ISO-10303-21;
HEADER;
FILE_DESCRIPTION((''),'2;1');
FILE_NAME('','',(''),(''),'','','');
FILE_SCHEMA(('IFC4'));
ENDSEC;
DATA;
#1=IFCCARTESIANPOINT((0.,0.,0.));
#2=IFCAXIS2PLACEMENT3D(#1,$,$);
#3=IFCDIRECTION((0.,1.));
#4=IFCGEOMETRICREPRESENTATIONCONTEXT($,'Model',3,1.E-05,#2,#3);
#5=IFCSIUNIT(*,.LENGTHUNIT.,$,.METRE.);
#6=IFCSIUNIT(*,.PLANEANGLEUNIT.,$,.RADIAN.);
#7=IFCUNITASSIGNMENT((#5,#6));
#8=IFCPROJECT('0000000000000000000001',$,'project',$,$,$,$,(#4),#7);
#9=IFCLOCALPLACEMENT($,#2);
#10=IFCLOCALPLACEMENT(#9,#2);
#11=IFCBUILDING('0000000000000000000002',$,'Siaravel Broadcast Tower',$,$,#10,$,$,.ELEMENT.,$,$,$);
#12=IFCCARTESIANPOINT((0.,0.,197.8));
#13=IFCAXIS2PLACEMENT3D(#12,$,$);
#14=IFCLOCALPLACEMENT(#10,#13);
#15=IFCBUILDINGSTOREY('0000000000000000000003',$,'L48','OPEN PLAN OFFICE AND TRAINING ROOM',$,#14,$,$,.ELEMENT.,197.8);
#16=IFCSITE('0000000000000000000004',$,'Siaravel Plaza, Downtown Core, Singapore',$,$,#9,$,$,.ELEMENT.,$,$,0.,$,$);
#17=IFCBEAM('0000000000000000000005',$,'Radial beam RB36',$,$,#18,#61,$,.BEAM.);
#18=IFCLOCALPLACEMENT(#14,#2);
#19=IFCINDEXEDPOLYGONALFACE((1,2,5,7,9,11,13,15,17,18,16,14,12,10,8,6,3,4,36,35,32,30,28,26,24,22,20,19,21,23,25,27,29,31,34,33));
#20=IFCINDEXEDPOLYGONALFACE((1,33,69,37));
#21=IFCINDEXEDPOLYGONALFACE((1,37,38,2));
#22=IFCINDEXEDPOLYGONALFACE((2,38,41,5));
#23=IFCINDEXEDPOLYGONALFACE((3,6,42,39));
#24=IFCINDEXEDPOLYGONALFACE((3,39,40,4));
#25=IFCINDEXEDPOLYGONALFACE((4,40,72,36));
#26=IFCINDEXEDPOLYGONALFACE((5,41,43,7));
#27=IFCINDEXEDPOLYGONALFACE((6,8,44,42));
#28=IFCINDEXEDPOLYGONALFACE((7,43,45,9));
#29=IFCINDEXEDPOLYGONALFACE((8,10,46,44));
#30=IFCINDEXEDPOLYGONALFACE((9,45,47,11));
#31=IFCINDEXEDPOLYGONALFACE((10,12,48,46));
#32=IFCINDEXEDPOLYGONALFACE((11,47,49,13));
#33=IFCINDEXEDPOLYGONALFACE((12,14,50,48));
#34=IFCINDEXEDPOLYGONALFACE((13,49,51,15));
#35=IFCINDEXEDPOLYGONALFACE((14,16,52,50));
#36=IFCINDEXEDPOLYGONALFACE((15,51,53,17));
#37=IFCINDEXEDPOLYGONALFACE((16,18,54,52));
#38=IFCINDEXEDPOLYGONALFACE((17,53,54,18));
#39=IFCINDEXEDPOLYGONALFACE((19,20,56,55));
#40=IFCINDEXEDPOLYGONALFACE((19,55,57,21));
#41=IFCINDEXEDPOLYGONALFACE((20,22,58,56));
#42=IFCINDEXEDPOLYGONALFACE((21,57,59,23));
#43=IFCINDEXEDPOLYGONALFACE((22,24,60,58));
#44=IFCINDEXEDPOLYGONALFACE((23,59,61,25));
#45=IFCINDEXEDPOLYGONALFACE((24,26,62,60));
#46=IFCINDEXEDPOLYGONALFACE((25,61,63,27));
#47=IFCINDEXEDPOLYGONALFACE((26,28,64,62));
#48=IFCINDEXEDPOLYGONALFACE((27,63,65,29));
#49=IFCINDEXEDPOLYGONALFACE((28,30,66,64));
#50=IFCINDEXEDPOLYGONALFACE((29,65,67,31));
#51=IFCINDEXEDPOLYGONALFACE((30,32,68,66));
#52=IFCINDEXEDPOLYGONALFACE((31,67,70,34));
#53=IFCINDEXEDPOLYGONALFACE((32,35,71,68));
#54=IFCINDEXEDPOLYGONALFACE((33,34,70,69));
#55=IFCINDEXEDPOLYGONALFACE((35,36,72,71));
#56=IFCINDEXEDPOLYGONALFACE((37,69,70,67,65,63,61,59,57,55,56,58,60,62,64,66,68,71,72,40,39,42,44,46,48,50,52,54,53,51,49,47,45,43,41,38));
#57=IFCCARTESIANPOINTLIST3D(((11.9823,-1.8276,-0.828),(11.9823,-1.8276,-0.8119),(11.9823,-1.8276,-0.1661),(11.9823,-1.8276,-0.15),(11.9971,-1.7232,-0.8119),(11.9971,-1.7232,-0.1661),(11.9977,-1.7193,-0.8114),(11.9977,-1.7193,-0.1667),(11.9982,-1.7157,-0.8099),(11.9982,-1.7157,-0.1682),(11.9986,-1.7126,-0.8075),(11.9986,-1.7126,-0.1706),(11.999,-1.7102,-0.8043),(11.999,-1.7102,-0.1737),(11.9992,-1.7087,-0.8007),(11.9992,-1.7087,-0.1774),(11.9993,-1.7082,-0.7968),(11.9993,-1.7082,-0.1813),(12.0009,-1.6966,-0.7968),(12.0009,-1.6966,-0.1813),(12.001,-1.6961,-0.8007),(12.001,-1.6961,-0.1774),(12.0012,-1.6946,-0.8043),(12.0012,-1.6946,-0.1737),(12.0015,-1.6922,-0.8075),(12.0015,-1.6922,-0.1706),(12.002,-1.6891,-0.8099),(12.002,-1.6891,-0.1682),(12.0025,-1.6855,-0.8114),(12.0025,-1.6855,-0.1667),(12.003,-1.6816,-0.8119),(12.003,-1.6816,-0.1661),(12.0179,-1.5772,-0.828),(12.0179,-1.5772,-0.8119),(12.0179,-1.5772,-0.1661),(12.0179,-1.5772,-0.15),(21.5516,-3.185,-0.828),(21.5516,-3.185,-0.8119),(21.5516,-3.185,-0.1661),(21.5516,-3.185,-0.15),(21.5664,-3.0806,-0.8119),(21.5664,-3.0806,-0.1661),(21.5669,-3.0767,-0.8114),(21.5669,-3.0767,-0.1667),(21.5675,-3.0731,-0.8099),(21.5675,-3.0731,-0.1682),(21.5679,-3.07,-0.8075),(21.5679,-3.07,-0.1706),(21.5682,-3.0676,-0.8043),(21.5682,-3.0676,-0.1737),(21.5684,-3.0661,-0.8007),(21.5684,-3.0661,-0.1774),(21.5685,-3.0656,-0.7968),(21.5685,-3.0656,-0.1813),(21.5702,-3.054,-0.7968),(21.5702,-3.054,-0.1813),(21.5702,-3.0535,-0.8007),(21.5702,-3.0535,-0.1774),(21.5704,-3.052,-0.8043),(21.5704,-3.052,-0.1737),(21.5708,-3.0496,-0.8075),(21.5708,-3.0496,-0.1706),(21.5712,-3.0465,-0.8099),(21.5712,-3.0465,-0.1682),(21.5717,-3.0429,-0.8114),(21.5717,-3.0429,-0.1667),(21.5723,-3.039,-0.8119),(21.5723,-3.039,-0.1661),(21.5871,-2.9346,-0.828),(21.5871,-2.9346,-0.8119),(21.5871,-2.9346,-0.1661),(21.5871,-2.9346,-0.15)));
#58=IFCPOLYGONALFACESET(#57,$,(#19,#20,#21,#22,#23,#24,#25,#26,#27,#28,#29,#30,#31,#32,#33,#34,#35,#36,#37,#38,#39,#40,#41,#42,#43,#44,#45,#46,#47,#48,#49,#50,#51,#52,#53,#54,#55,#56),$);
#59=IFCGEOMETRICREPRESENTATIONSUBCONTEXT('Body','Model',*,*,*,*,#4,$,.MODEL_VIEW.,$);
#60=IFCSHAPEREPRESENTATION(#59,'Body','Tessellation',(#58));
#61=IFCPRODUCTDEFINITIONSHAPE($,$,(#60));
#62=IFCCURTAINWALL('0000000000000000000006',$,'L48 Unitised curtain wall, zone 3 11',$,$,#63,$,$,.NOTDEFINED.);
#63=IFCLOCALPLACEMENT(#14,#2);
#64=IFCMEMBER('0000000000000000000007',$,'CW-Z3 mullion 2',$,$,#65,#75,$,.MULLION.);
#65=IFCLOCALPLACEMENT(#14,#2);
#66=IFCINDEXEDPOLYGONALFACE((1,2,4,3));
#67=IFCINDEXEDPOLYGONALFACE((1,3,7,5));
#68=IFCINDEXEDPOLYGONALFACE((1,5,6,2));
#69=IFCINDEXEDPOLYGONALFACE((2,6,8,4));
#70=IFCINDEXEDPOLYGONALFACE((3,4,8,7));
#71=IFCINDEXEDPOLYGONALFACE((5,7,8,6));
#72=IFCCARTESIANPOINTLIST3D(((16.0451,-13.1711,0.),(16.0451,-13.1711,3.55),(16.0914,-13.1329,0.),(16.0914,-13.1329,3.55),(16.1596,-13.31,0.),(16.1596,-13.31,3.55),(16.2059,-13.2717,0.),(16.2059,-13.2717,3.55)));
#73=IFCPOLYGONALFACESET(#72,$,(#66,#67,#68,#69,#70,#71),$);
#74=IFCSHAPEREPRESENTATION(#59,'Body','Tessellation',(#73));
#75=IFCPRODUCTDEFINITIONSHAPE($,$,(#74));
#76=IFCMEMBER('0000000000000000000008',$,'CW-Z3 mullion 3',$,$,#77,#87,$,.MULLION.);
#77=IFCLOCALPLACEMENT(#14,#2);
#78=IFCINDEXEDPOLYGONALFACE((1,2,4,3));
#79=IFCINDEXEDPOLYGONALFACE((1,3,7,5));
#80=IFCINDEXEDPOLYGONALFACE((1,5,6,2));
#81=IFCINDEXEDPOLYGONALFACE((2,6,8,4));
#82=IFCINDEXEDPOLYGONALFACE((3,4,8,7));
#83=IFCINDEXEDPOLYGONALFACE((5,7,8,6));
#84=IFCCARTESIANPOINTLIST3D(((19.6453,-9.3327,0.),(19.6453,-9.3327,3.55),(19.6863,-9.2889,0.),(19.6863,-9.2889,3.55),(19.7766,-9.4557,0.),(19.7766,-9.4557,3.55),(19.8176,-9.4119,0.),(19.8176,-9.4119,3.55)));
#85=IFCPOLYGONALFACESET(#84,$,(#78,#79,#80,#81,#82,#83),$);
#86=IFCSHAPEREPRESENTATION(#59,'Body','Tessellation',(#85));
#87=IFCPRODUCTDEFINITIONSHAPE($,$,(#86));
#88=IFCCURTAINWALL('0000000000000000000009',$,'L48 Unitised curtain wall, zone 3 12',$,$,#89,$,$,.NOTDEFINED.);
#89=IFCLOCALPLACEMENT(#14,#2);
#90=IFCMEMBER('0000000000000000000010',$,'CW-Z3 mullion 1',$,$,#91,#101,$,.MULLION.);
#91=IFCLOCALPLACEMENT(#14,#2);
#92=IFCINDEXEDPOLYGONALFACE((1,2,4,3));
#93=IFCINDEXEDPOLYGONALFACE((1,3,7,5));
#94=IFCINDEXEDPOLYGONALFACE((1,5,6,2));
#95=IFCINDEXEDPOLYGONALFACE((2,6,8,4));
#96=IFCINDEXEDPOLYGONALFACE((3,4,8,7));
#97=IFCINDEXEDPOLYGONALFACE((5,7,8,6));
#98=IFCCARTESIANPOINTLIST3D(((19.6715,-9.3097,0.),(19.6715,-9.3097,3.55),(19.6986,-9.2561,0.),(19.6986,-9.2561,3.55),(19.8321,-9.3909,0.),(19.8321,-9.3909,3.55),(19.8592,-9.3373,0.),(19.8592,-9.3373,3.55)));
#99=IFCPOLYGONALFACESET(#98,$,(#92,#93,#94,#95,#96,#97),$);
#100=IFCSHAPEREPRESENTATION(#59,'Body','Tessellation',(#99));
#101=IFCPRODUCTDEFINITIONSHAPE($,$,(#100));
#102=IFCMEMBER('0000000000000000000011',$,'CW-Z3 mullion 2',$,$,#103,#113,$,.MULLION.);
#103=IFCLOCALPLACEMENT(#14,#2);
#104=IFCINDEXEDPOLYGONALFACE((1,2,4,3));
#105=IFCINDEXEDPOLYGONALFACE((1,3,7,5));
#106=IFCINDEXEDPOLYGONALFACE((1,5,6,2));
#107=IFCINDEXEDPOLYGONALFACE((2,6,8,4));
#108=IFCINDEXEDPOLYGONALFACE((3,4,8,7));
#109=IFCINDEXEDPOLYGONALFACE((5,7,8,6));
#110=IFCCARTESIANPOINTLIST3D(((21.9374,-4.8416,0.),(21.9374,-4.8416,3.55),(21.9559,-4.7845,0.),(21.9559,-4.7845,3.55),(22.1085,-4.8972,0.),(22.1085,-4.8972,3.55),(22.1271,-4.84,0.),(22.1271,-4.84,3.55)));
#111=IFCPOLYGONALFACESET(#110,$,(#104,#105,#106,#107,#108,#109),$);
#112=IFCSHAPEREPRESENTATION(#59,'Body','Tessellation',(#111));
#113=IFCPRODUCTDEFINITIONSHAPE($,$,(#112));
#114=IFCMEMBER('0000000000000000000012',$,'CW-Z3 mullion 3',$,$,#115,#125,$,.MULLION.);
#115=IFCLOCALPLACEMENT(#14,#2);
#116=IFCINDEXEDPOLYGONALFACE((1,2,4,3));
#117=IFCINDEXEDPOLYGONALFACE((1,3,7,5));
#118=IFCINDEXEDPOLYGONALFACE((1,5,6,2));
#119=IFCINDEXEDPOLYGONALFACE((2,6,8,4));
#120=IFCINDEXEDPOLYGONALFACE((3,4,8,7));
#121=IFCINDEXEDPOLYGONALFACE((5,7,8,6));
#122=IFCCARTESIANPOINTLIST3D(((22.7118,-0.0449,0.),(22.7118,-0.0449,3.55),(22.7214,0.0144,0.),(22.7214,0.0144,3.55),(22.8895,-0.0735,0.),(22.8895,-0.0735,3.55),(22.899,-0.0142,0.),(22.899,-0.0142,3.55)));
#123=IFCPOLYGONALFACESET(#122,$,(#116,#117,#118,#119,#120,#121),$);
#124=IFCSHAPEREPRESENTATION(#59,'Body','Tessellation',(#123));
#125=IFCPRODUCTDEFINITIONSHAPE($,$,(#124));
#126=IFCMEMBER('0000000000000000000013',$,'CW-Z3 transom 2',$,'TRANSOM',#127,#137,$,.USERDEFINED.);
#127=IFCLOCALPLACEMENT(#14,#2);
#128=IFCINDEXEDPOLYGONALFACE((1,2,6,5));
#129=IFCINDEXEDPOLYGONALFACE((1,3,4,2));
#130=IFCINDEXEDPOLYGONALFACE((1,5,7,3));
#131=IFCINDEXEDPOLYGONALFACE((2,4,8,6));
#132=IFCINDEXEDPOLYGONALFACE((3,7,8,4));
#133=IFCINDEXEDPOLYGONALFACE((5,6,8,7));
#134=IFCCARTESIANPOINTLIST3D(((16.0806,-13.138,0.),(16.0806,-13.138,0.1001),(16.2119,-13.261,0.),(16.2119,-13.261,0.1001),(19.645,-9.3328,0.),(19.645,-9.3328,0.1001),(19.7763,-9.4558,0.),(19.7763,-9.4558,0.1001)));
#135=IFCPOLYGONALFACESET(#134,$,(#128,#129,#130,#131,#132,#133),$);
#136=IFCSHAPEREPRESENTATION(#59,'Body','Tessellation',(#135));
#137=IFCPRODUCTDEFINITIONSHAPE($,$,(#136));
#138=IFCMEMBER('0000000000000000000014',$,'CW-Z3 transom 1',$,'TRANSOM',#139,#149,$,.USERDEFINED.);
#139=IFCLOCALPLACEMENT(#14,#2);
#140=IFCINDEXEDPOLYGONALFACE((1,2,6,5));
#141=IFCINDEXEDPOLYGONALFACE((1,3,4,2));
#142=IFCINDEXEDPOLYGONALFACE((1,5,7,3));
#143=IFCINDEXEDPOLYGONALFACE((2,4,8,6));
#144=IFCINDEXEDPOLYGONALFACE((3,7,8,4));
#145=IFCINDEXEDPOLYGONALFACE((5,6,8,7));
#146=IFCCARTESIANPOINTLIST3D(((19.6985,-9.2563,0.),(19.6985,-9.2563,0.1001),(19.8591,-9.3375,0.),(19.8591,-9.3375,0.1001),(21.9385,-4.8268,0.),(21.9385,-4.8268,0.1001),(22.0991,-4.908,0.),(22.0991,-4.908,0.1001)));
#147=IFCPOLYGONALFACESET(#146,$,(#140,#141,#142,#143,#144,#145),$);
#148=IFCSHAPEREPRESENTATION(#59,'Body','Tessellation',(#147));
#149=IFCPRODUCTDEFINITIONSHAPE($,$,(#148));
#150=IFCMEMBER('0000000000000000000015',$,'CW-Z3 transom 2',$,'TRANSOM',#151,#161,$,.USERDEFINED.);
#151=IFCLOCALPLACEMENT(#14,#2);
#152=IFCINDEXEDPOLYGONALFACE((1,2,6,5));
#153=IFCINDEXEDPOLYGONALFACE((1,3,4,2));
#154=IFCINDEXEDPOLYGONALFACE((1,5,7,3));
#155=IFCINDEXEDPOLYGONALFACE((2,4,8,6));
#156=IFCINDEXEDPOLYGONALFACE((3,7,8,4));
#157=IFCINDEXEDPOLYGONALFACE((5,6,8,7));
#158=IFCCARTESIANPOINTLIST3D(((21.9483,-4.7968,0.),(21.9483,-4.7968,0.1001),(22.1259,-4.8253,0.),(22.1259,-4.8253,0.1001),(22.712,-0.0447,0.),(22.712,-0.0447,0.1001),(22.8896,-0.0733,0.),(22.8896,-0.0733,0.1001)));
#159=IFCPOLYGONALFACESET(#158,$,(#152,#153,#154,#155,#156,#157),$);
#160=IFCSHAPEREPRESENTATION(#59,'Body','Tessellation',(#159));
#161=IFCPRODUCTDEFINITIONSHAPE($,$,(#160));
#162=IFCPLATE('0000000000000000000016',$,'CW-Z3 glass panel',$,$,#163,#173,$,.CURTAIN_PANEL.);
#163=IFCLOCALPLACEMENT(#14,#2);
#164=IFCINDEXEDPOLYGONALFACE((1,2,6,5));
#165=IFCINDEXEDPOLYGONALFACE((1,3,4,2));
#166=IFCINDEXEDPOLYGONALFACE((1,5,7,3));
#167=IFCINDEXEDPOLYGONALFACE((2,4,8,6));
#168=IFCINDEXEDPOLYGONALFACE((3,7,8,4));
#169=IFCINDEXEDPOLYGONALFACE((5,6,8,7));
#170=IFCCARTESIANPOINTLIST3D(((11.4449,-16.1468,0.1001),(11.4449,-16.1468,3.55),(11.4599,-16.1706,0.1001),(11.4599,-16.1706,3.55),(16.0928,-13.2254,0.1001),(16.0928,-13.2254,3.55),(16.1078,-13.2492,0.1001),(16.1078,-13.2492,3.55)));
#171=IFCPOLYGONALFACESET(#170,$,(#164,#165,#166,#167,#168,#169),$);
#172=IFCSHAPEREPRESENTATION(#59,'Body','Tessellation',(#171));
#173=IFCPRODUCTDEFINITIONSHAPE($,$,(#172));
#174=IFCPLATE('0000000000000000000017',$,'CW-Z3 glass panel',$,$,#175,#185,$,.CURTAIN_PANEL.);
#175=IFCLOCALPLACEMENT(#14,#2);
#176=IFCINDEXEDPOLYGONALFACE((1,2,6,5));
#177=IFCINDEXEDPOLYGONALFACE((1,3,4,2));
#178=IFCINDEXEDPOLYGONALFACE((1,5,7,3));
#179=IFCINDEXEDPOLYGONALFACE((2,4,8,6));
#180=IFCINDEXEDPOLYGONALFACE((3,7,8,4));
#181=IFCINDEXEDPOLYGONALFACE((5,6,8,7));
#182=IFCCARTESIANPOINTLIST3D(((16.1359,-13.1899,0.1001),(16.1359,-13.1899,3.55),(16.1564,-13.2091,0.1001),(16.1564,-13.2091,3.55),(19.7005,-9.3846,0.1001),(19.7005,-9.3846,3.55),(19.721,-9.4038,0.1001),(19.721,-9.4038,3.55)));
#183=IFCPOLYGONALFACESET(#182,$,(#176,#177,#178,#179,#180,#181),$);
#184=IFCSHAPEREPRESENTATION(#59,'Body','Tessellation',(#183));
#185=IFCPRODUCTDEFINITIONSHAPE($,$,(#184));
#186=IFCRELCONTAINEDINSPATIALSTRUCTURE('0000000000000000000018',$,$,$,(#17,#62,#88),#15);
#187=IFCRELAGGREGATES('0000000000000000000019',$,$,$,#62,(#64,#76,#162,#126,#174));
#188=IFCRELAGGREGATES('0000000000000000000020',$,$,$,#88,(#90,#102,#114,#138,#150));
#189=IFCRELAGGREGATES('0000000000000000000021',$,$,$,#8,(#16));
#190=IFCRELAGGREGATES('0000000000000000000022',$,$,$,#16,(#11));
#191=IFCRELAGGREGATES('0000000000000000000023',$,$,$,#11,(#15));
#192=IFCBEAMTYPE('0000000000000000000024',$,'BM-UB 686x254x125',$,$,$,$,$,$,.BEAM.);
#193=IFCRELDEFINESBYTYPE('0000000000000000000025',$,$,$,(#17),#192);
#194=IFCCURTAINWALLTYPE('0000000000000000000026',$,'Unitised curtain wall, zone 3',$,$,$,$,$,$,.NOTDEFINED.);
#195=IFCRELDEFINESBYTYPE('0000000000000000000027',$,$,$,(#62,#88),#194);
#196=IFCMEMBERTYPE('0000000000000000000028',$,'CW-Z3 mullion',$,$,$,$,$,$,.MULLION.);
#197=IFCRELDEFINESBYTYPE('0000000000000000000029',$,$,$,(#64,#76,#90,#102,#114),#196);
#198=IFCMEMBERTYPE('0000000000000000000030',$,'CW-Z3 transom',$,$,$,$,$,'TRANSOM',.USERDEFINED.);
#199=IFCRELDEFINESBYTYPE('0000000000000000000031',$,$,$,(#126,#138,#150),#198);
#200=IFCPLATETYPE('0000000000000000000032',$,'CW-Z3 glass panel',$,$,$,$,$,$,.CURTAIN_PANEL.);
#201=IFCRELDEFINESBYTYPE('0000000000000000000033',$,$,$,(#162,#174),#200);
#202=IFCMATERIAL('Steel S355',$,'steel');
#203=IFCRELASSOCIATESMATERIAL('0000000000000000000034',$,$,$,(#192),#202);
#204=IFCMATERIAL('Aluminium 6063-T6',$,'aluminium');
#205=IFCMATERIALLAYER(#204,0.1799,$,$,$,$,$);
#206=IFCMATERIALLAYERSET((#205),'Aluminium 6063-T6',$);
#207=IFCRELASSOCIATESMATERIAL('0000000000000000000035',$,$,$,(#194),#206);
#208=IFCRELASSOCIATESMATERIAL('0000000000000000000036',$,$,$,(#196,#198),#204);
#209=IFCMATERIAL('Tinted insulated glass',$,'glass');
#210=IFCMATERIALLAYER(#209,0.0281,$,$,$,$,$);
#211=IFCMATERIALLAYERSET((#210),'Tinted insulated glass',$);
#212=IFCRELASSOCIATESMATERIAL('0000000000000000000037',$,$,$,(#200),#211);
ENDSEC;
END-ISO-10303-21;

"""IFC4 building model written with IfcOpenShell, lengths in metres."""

from ifc_helpers import new_model, si_unit, direction, frame, origin, origin_2d, place, context, subcontext, project, spatial, rectangle, i_section, extrude, material, layer, layer_set, material_profile, profile_set, type_object, element, aggregate, save


model = new_model("IFC4")

# Units and contexts
model_context = context("Model", 3, precision=1e-05, world=origin(), true_north=direction((0.0, 1.0)))
body_context = subcontext(model_context, "Body", "Model", "MODEL_VIEW")
ifc_project = project(units=[si_unit("LENGTHUNIT", "METRE"), si_unit("PLANEANGLEUNIT", "RADIAN")], contexts=[model_context])

# Site, building, storey
site_placement = place(None, origin())
site = spatial("IfcSite", under=ifc_project, at=site_placement, Name="Siaravel Plaza, Downtown Core, Singapore", CompositionType="ELEMENT", RefElevation=0.0)
building_placement = place(site_placement, origin())
building = spatial("IfcBuilding", under=site, at=building_placement, Name="Siaravel Broadcast Tower", CompositionType="ELEMENT")
storey_placement = place(building_placement, frame((0.0, 0.0, 197.8)))
storey = spatial("IfcBuildingStorey", under=building, at=storey_placement, Name="L48", Description="OPEN PLAN OFFICE AND TRAINING ROOM", CompositionType="ELEMENT", Elevation=197.8)

# Beam
ifc_material_1 = material(Name="Steel S355", Category="steel")
ifc_material_profile_1 = material_profile(ifc_material_1, i_section(OverallWidth=0.2529, OverallDepth=0.678, WebThickness=0.0117, FlangeThickness=0.0161, FilletRadius=0.0151, at=origin_2d()))
ifc_profile_set_1 = profile_set([ifc_material_profile_1], Name="Steel S355")
beam_type = type_object("IfcBeamType", Name="BM-UB 686x254x125", PredefinedType="BEAM", material=ifc_profile_set_1)
beam_1_placement = place(storey_placement, frame((21.5693, -3.0598, -0.489), z_axis=(-0.990088, 0.140445, 0.0), x_axis=(-0.140445, -0.990088, 0.0)))
element("IfcBeam", 1, at=beam_1_placement, inside=storey, type_object=beam_type, Name="Radial beam RB36", PredefinedType="BEAM", context=body_context, shape_type="SweptSolid", body=[
    extrude(i_section(OverallWidth=0.2529, OverallDepth=0.678, WebThickness=0.0117, FlangeThickness=0.0161, FilletRadius=0.0151, at=origin_2d()), origin(), (0.0, 0.0, 1.0), 9.665),
])

# Curtain walls, members
ifc_material_2 = material(Name="Aluminium 6063-T6", Category="aluminium")
ifc_layer_1 = layer(ifc_material_2, 0.1799)
ifc_layer_set_1 = layer_set([ifc_layer_1], Name="Aluminium 6063-T6")
curtain_wall_type = type_object("IfcCurtainWallType", Name="Unitised curtain wall, zone 3", PredefinedType="NOTDEFINED", material=ifc_layer_set_1)
curtain_wall_1_placement = place(storey_placement, origin())
curtain_wall_1 = element("IfcCurtainWall", 2, at=curtain_wall_1_placement, inside=storey, type_object=curtain_wall_type, Name="L48 Unitised curtain wall, zone 3 11", PredefinedType="NOTDEFINED")
ifc_material_profile_2 = material_profile(ifc_material_2, rectangle(XDim=0.1799, YDim=0.0601, at=origin_2d()))
ifc_profile_set_2 = profile_set([ifc_material_profile_2], Name="Aluminium 6063-T6")
member_type_1 = type_object("IfcMemberType", Name="CW-Z3 mullion", PredefinedType="MULLION", material=ifc_profile_set_2)
member_1_placement = place(storey_placement, frame((16.1255, -13.2214, 0.0), z_axis=(0.0, 0.0, 1.0), x_axis=(-0.636219, 0.771509, 0.0)))
member_1 = element("IfcMember", 3, at=member_1_placement, type_object=member_type_1, Name="CW-Z3 mullion 2", PredefinedType="MULLION", context=body_context, shape_type="SweptSolid", body=[
    extrude(rectangle(XDim=0.1799, YDim=0.0601, at=origin_2d()), origin(), (0.0, 0.0, 1.0), 3.55),
])
member_2_placement = place(storey_placement, frame((19.7314, -9.3723, 0.0), z_axis=(0.0, 0.0, 1.0), x_axis=(-0.729805, 0.683655, 0.0)))
member_2 = element("IfcMember", 4, at=member_2_placement, type_object=member_type_1, Name="CW-Z3 mullion 3", PredefinedType="MULLION", context=body_context, shape_type="SweptSolid", body=[
    extrude(rectangle(XDim=0.1799, YDim=0.0601, at=origin_2d()), origin(), (0.0, 0.0, 1.0), 3.55),
])
curtain_wall_2_placement = place(storey_placement, origin())
curtain_wall_2 = element("IfcCurtainWall", 5, at=curtain_wall_2_placement, inside=storey, type_object=curtain_wall_type, Name="L48 Unitised curtain wall, zone 3 12", PredefinedType="NOTDEFINED")
member_3_placement = place(storey_placement, frame((19.7654, -9.3235, 0.0), z_axis=(0.0, 0.0, 1.0), x_axis=(-0.892392, 0.451261, 0.0)))
member_3 = element("IfcMember", 6, at=member_3_placement, type_object=member_type_1, Name="CW-Z3 mullion 1", PredefinedType="MULLION", context=body_context, shape_type="SweptSolid", body=[
    extrude(rectangle(XDim=0.1799, YDim=0.0601, at=origin_2d()), origin(), (0.0, 0.0, 1.0), 3.55),
])
member_4_placement = place(storey_placement, frame((22.0322, -4.8408, 0.0), z_axis=(0.0, 0.0, 1.0), x_axis=(-0.951177, 0.308645, 0.0)))
member_4 = element("IfcMember", 7, at=member_4_placement, type_object=member_type_1, Name="CW-Z3 mullion 2", PredefinedType="MULLION", context=body_context, shape_type="SweptSolid", body=[
    extrude(rectangle(XDim=0.1799, YDim=0.0601, at=origin_2d()), origin(), (0.0, 0.0, 1.0), 3.55),
])
member_5_placement = place(storey_placement, frame((22.8054, -0.0295, 0.0), z_axis=(0.0, 0.0, 1.0), x_axis=(-0.987329, 0.158685, 0.0)))
member_5 = element("IfcMember", 8, at=member_5_placement, type_object=member_type_1, Name="CW-Z3 mullion 3", PredefinedType="MULLION", context=body_context, shape_type="SweptSolid", body=[
    extrude(rectangle(XDim=0.1799, YDim=0.0601, at=origin_2d()), origin(), (0.0, 0.0, 1.0), 3.55),
])

# Members
ifc_material_profile_3 = material_profile(ifc_material_2, rectangle(XDim=0.1799, YDim=0.1001, at=origin_2d()))
ifc_profile_set_3 = profile_set([ifc_material_profile_3], Name="Aluminium 6063-T6")
member_type_2 = type_object("IfcMemberType", Name="CW-Z3 transom", ElementType="TRANSOM", PredefinedType="USERDEFINED", material=ifc_profile_set_3)
member_6_placement = place(storey_placement, frame((16.1462, -13.1995, 0.05), z_axis=(0.683645, 0.729815, 0.0), x_axis=(-0.729815, 0.683645, 0.0)))
member_6 = element("IfcMember", 9, at=member_6_placement, type_object=member_type_2, Name="CW-Z3 transom 2", ObjectType="TRANSOM", PredefinedType="USERDEFINED", context=body_context, shape_type="SweptSolid", body=[
    extrude(rectangle(XDim=0.1799, YDim=0.1001, at=origin_2d()), origin(), (0.0, 0.0, 1.0), 5.2139),
])
member_7_placement = place(storey_placement, frame((19.7788, -9.2969, 0.05), z_axis=(0.451282, 0.892382, 0.0), x_axis=(-0.892382, 0.451282, 0.0)))
member_7 = element("IfcMember", 10, at=member_7_placement, type_object=member_type_2, Name="CW-Z3 transom 1", ObjectType="TRANSOM", PredefinedType="USERDEFINED", context=body_context, shape_type="SweptSolid", body=[
    extrude(rectangle(XDim=0.1799, YDim=0.1001, at=origin_2d()), origin(), (0.0, 0.0, 1.0), 4.9636),
])
member_8_placement = place(storey_placement, frame((22.0371, -4.811, 0.05), z_axis=(0.158671, 0.987332, 0.0), x_axis=(-0.987332, 0.158671, 0.0)))
member_8 = element("IfcMember", 11, at=member_8_placement, type_object=member_type_2, Name="CW-Z3 transom 2", ObjectType="TRANSOM", PredefinedType="USERDEFINED", context=body_context, shape_type="SweptSolid", body=[
    extrude(rectangle(XDim=0.1799, YDim=0.1001, at=origin_2d()), origin(), (0.0, 0.0, 1.0), 4.813),
])

# Plates
ifc_material_3 = material(Name="Tinted insulated glass", Category="glass")
ifc_layer_2 = layer(ifc_material_3, 0.0281)
ifc_layer_set_2 = layer_set([ifc_layer_2], Name="Tinted insulated glass")
plate_type = type_object("IfcPlateType", Name="CW-Z3 glass panel", PredefinedType="CURTAIN_PANEL", material=ifc_layer_set_2)
plate_1_placement = place(storey_placement, frame((13.7764, -14.698, 0.1001), z_axis=(0.0, 0.0, 1.0), x_axis=(0.846651, 0.532149, 0.0)))
plate_1 = element("IfcPlate", 12, at=plate_1_placement, type_object=plate_type, Name="CW-Z3 glass panel", PredefinedType="CURTAIN_PANEL", context=body_context, shape_type="SweptSolid", body=[
    extrude(rectangle(XDim=5.4897, YDim=0.0281, at=origin_2d()), origin(), (0.0, 0.0, 1.0), 3.45),
])
plate_2_placement = place(storey_placement, frame((17.9285, -11.2969, 0.1001), z_axis=(0.0, 0.0, 1.0), x_axis=(0.683655, 0.729805, 0.0)))
plate_2 = element("IfcPlate", 13, at=plate_2_placement, type_object=plate_type, Name="CW-Z3 glass panel", PredefinedType="CURTAIN_PANEL", context=body_context, shape_type="SweptSolid", body=[
    extrude(rectangle(XDim=5.2141, YDim=0.0281, at=origin_2d()), origin(), (0.0, 0.0, 1.0), 3.45),
])
aggregate(curtain_wall_1, [member_1, member_2, plate_1, member_6, plate_2])
aggregate(curtain_wall_2, [member_3, member_4, member_5, member_7, member_8])

save(model, "model.ifc")
